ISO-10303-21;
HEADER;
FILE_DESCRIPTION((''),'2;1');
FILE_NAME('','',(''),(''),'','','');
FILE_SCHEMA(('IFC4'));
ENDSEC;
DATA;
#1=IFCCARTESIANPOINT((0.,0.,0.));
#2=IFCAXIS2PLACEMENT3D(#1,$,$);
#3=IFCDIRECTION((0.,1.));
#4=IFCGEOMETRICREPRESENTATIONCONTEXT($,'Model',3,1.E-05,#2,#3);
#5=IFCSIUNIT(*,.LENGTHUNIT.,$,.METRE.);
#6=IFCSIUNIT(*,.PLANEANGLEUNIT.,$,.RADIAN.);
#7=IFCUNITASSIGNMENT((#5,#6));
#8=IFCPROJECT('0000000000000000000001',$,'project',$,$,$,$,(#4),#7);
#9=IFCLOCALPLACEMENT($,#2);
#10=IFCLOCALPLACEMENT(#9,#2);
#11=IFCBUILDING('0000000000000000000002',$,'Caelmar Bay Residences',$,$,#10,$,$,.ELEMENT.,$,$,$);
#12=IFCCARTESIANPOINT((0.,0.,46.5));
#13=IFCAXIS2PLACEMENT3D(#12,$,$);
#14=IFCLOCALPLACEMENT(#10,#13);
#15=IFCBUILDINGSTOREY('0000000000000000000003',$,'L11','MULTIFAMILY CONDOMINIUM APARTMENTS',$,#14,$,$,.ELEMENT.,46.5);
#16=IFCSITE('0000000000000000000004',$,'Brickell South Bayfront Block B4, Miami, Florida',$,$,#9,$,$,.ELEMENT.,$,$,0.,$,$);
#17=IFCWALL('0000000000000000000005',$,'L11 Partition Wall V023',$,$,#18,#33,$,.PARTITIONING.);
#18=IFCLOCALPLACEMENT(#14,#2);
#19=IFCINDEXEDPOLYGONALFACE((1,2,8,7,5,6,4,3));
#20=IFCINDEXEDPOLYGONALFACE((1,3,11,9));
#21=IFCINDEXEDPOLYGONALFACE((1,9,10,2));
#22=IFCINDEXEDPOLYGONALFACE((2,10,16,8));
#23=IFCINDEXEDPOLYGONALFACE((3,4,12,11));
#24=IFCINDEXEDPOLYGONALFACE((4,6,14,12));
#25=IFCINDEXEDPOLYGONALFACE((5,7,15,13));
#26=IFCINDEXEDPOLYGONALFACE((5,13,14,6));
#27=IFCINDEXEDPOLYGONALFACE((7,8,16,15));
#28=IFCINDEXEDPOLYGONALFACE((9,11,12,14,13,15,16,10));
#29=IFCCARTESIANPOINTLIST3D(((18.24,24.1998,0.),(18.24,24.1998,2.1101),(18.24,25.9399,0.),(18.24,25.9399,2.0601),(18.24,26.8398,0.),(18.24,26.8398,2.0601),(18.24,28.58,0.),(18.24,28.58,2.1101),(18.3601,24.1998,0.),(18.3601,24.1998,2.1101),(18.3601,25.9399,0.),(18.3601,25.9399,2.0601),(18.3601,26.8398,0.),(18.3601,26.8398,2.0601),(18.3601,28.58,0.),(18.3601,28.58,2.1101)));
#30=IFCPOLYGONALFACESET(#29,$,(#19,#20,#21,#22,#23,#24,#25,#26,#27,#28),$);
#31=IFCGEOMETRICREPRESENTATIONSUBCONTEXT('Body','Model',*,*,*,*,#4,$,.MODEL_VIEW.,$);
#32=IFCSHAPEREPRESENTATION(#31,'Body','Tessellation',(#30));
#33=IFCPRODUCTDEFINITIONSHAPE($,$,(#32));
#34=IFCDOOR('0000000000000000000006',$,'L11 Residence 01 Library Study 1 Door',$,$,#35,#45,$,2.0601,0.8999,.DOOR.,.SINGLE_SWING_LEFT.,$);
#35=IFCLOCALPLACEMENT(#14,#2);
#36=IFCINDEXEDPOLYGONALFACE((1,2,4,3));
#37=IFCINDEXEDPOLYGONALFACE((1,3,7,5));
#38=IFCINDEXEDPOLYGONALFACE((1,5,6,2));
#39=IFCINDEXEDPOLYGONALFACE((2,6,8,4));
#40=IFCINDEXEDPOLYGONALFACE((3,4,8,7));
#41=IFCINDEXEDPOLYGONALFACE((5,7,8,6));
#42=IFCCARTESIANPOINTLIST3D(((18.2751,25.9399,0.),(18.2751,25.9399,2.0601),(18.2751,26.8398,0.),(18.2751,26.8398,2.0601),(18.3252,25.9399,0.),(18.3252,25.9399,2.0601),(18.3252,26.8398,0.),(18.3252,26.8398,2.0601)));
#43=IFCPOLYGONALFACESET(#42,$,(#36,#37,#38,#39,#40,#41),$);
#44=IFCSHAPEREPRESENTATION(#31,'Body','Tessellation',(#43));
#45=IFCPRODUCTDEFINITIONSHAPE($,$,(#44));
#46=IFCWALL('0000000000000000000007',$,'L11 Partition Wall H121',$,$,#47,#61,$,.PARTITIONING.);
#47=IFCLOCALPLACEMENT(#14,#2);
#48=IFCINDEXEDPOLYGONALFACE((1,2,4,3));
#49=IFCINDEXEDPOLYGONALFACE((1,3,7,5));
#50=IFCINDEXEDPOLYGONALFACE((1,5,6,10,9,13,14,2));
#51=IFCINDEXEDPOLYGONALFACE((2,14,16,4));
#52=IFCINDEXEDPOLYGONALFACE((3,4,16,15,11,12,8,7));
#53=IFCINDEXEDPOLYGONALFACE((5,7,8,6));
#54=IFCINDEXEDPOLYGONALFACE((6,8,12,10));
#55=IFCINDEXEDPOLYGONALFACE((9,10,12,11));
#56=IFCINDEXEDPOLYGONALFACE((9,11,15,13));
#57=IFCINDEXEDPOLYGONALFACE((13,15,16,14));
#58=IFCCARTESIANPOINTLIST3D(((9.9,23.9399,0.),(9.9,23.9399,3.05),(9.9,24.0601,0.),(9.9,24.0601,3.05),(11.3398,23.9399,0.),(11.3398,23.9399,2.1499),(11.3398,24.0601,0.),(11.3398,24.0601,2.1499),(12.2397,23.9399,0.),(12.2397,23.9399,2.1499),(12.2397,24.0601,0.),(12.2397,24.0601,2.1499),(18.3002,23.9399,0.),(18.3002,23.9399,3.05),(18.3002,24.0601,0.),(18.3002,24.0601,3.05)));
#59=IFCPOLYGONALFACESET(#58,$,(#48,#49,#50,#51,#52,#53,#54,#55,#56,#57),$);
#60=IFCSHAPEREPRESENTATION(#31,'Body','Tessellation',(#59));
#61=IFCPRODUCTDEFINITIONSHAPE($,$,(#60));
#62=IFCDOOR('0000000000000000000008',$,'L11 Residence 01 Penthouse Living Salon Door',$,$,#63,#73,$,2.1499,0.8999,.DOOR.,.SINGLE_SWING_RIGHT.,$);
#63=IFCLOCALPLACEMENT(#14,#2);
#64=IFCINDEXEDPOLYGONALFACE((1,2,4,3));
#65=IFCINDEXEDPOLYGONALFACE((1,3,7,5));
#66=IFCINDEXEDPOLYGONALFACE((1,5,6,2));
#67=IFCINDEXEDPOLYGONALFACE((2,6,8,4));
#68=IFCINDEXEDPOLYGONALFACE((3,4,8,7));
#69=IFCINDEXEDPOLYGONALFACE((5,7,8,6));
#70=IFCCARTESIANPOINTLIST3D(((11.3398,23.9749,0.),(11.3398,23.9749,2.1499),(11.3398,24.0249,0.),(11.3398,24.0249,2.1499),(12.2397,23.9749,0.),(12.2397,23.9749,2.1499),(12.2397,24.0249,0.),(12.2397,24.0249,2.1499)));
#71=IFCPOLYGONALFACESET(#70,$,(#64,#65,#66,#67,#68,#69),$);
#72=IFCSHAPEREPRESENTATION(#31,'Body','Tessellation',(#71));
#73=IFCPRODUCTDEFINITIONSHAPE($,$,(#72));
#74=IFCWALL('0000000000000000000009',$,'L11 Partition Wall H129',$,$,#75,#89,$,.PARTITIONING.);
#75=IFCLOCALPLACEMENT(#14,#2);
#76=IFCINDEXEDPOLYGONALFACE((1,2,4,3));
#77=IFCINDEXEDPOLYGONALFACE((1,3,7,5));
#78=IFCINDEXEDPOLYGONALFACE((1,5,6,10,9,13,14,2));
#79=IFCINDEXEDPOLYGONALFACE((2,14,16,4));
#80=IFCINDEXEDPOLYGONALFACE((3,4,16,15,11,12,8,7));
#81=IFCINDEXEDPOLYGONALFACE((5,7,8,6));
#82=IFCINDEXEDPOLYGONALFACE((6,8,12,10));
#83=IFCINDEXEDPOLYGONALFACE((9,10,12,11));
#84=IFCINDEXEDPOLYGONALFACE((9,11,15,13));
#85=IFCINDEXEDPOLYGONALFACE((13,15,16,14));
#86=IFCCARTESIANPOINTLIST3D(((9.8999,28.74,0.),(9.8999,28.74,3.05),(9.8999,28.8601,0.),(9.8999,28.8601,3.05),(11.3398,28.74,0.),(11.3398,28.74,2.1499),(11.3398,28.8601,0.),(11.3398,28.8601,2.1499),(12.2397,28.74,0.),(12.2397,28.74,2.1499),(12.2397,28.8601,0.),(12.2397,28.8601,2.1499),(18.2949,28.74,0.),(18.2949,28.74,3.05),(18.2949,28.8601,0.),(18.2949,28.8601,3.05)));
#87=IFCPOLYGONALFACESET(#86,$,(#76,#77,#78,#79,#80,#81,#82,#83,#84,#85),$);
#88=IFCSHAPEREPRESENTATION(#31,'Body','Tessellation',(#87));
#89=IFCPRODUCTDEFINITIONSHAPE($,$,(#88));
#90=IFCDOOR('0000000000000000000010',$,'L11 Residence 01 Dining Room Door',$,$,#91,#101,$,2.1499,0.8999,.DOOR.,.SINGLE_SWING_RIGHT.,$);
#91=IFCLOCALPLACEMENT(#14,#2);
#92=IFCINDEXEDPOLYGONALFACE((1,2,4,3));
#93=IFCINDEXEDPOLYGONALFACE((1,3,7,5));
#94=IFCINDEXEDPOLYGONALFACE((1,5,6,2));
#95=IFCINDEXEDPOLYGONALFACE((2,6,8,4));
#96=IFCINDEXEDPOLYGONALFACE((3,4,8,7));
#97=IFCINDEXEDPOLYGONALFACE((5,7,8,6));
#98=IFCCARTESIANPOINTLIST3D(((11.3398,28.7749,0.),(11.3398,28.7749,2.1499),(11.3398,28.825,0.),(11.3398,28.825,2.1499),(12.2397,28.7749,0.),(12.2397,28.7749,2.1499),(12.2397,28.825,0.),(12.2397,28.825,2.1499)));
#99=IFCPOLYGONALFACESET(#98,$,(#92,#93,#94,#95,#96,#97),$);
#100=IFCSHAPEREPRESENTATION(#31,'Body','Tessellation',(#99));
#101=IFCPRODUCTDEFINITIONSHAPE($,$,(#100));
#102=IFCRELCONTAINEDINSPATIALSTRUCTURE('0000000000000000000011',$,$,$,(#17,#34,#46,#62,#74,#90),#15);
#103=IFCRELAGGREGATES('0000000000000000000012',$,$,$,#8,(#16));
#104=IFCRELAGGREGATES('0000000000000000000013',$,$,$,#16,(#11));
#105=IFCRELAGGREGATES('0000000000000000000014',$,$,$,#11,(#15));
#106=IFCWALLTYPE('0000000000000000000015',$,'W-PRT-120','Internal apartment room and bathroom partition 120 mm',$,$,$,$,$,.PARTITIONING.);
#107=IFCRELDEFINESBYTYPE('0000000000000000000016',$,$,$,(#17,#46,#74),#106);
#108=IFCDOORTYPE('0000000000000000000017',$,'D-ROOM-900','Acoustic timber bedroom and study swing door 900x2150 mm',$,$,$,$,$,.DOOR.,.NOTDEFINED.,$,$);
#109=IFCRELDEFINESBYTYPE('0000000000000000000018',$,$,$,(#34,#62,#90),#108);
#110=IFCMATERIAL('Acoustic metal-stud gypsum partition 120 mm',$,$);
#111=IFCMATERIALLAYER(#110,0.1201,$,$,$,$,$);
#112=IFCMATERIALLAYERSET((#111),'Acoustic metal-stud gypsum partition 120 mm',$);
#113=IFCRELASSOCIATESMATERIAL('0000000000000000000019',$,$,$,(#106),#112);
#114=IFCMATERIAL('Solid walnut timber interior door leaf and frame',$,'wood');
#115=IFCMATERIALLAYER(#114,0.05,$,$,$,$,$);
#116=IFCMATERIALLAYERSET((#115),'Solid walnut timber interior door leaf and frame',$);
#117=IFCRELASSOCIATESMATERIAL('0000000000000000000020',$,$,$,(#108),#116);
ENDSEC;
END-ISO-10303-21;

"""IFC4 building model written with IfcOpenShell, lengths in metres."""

from ifc_helpers import new_model, si_unit, direction, frame, frame_2d, origin, place, context, subcontext, project, spatial, rectangle, extrude, material, layer, layer_set, type_object, element, fill, save


model = new_model("IFC4")

# Units and contexts
model_context = context("Model", 3, precision=1e-05, world=origin(), true_north=direction((0.0, 1.0)))
body_context = subcontext(model_context, "Body", "Model", "MODEL_VIEW")
ifc_project = project(units=[si_unit("LENGTHUNIT", "METRE"), si_unit("PLANEANGLEUNIT", "RADIAN")], contexts=[model_context])

# Site, building, storey
site_placement = place(None, origin())
site = spatial("IfcSite", under=ifc_project, at=site_placement, Name="Brickell South Bayfront Block B4, Miami, Florida", CompositionType="ELEMENT", RefElevation=0.0)
building_placement = place(site_placement, origin())
building = spatial("IfcBuilding", under=site, at=building_placement, Name="Caelmar Bay Residences", CompositionType="ELEMENT")
storey_placement = place(building_placement, frame((0.0, 0.0, 46.5)))
storey = spatial("IfcBuildingStorey", under=building, at=storey_placement, Name="L11", Description="MULTIFAMILY CONDOMINIUM APARTMENTS", CompositionType="ELEMENT", Elevation=46.5)

# Shared definitions
ifc_material_1 = material(Name="Acoustic metal-stud gypsum partition 120 mm")
ifc_layer_1 = layer(ifc_material_1, 0.1201)
ifc_layer_set_1 = layer_set([ifc_layer_1], Name="Acoustic metal-stud gypsum partition 120 mm")
wall_type = type_object("IfcWallType", Name="W-PRT-120", Description="Internal apartment room and bathroom partition 120 mm", PredefinedType="PARTITIONING", material=ifc_layer_set_1)
ifc_material_2 = material(Name="Solid walnut timber interior door leaf and frame", Category="wood")
ifc_layer_2 = layer(ifc_material_2, 0.05)
ifc_layer_set_2 = layer_set([ifc_layer_2], Name="Solid walnut timber interior door leaf and frame")
door_type_1 = type_object("IfcDoorType", Name="D-ROOM-900", Description="Acoustic timber bedroom and study swing door 900x2150 mm", OperationType="NOTDEFINED", PredefinedType="DOOR", material=ifc_layer_set_2)

# Walls, openings, doors
wall_1_placement = place(storey_placement, frame((18.3, 24.2, 0.0), z_axis=(0.0, 0.0, 1.0), x_axis=(0.0, 1.0, 0.0)))
wall_1 = element("IfcWall", 1, at=wall_1_placement, inside=storey, type_object=wall_type, Name="L11 Partition Wall V023", PredefinedType="PARTITIONING", context=body_context, shape_type="SweptSolid", body=[
    extrude(rectangle(XDim=4.3801, YDim=0.1201, at=frame_2d((2.1899, 0.0))), origin(), (0.0, 0.0, 1.0), 2.1101),
])
opening_1_placement = place(wall_1_placement, frame((1.74, 0.0, 0.0)))
opening_1 = element("IfcOpeningElement", 2, at=opening_1_placement, cuts=wall_1, PredefinedType="OPENING", context=body_context, shape_type="SweptSolid", body=[
    extrude(rectangle(XDim=0.8999, YDim=2.0601, at=frame_2d((0.45, 1.03))), frame((0.0, 0.0701, 0.0), z_axis=(0.0, -1.0, 0.0), x_axis=(1.0, 0.0, 0.0)), (0.0, 0.0, 1.0), 0.1401),
])
door_1_placement = place(opening_1_placement, origin())
door_1 = element("IfcDoor", 3, at=door_1_placement, inside=storey, type_object=door_type_1, Name="L11 Residence 01 Library Study 1 Door", OperationType="SINGLE_SWING_LEFT", OverallHeight=2.0601, OverallWidth=0.8999, PredefinedType="DOOR", context=body_context, shape_type="SweptSolid", body=[
    extrude(rectangle(XDim=0.8999, YDim=2.0601, at=frame_2d((0.45, 1.03))), frame((0.0, 0.0249, 0.0), z_axis=(0.0, -1.0, 0.0), x_axis=(1.0, 0.0, 0.0)), (0.0, 0.0, 1.0), 0.05),
])
fill(opening_1, door_1)
wall_2_placement = place(storey_placement, frame((9.8999, 24.0, 0.0), z_axis=(0.0, 0.0, 1.0), x_axis=(1.0, 0.0, 0.0)))
wall_2 = element("IfcWall", 4, at=wall_2_placement, inside=storey, type_object=wall_type, Name="L11 Partition Wall H121", PredefinedType="PARTITIONING", context=body_context, shape_type="SweptSolid", body=[
    extrude(rectangle(XDim=8.4001, YDim=0.1201, at=frame_2d((4.2002, 0.0))), origin(), (0.0, 0.0, 1.0), 3.05),
])
opening_2_placement = place(wall_2_placement, frame((1.4399, 0.0, 0.0)))
opening_2 = element("IfcOpeningElement", 5, at=opening_2_placement, cuts=wall_2, PredefinedType="OPENING", context=body_context, shape_type="SweptSolid", body=[
    extrude(rectangle(XDim=0.8999, YDim=2.1499, at=frame_2d((0.45, 1.075))), frame((0.0, 0.0701, 0.0), z_axis=(0.0, -1.0, 0.0), x_axis=(1.0, 0.0, 0.0)), (0.0, 0.0, 1.0), 0.1401),
])
door_2_placement = place(opening_2_placement, origin())
door_2 = element("IfcDoor", 6, at=door_2_placement, inside=storey, type_object=door_type_1, Name="L11 Residence 01 Penthouse Living Salon Door", OperationType="SINGLE_SWING_RIGHT", OverallHeight=2.1499, OverallWidth=0.8999, PredefinedType="DOOR", context=body_context, shape_type="SweptSolid", body=[
    extrude(rectangle(XDim=0.8999, YDim=2.1499, at=frame_2d((0.45, 1.075))), frame((0.0, 0.0249, 0.0), z_axis=(0.0, -1.0, 0.0), x_axis=(1.0, 0.0, 0.0)), (0.0, 0.0, 1.0), 0.05),
])
fill(opening_2, door_2)
wall_3_placement = place(storey_placement, frame((9.8999, 28.8, 0.0), z_axis=(0.0, 0.0, 1.0), x_axis=(1.0, 0.0, 0.0)))
wall_3 = element("IfcWall", 7, at=wall_3_placement, inside=storey, type_object=wall_type, Name="L11 Partition Wall H129", PredefinedType="PARTITIONING", context=body_context, shape_type="SweptSolid", body=[
    extrude(rectangle(XDim=8.395, YDim=0.1201, at=frame_2d((4.1975, 0.0))), origin(), (0.0, 0.0, 1.0), 3.05),
])
opening_3_placement = place(wall_3_placement, frame((1.4399, 0.0, 0.0)))
opening_3 = element("IfcOpeningElement", 8, at=opening_3_placement, cuts=wall_3, PredefinedType="OPENING", context=body_context, shape_type="SweptSolid", body=[
    extrude(rectangle(XDim=0.8999, YDim=2.1499, at=frame_2d((0.45, 1.075))), frame((0.0, 0.0701, 0.0), z_axis=(0.0, -1.0, 0.0), x_axis=(1.0, 0.0, 0.0)), (0.0, 0.0, 1.0), 0.1401),
])
door_3_placement = place(opening_3_placement, origin())
door_3 = element("IfcDoor", 9, at=door_3_placement, inside=storey, type_object=door_type_1, Name="L11 Residence 01 Dining Room Door", OperationType="SINGLE_SWING_RIGHT", OverallHeight=2.1499, OverallWidth=0.8999, PredefinedType="DOOR", context=body_context, shape_type="SweptSolid", body=[
    extrude(rectangle(XDim=0.8999, YDim=2.1499, at=frame_2d((0.45, 1.075))), frame((0.0, 0.0249, 0.0), z_axis=(0.0, -1.0, 0.0), x_axis=(1.0, 0.0, 0.0)), (0.0, 0.0, 1.0), 0.05),
])
fill(opening_3, door_3)

save(model, "model.ifc")
